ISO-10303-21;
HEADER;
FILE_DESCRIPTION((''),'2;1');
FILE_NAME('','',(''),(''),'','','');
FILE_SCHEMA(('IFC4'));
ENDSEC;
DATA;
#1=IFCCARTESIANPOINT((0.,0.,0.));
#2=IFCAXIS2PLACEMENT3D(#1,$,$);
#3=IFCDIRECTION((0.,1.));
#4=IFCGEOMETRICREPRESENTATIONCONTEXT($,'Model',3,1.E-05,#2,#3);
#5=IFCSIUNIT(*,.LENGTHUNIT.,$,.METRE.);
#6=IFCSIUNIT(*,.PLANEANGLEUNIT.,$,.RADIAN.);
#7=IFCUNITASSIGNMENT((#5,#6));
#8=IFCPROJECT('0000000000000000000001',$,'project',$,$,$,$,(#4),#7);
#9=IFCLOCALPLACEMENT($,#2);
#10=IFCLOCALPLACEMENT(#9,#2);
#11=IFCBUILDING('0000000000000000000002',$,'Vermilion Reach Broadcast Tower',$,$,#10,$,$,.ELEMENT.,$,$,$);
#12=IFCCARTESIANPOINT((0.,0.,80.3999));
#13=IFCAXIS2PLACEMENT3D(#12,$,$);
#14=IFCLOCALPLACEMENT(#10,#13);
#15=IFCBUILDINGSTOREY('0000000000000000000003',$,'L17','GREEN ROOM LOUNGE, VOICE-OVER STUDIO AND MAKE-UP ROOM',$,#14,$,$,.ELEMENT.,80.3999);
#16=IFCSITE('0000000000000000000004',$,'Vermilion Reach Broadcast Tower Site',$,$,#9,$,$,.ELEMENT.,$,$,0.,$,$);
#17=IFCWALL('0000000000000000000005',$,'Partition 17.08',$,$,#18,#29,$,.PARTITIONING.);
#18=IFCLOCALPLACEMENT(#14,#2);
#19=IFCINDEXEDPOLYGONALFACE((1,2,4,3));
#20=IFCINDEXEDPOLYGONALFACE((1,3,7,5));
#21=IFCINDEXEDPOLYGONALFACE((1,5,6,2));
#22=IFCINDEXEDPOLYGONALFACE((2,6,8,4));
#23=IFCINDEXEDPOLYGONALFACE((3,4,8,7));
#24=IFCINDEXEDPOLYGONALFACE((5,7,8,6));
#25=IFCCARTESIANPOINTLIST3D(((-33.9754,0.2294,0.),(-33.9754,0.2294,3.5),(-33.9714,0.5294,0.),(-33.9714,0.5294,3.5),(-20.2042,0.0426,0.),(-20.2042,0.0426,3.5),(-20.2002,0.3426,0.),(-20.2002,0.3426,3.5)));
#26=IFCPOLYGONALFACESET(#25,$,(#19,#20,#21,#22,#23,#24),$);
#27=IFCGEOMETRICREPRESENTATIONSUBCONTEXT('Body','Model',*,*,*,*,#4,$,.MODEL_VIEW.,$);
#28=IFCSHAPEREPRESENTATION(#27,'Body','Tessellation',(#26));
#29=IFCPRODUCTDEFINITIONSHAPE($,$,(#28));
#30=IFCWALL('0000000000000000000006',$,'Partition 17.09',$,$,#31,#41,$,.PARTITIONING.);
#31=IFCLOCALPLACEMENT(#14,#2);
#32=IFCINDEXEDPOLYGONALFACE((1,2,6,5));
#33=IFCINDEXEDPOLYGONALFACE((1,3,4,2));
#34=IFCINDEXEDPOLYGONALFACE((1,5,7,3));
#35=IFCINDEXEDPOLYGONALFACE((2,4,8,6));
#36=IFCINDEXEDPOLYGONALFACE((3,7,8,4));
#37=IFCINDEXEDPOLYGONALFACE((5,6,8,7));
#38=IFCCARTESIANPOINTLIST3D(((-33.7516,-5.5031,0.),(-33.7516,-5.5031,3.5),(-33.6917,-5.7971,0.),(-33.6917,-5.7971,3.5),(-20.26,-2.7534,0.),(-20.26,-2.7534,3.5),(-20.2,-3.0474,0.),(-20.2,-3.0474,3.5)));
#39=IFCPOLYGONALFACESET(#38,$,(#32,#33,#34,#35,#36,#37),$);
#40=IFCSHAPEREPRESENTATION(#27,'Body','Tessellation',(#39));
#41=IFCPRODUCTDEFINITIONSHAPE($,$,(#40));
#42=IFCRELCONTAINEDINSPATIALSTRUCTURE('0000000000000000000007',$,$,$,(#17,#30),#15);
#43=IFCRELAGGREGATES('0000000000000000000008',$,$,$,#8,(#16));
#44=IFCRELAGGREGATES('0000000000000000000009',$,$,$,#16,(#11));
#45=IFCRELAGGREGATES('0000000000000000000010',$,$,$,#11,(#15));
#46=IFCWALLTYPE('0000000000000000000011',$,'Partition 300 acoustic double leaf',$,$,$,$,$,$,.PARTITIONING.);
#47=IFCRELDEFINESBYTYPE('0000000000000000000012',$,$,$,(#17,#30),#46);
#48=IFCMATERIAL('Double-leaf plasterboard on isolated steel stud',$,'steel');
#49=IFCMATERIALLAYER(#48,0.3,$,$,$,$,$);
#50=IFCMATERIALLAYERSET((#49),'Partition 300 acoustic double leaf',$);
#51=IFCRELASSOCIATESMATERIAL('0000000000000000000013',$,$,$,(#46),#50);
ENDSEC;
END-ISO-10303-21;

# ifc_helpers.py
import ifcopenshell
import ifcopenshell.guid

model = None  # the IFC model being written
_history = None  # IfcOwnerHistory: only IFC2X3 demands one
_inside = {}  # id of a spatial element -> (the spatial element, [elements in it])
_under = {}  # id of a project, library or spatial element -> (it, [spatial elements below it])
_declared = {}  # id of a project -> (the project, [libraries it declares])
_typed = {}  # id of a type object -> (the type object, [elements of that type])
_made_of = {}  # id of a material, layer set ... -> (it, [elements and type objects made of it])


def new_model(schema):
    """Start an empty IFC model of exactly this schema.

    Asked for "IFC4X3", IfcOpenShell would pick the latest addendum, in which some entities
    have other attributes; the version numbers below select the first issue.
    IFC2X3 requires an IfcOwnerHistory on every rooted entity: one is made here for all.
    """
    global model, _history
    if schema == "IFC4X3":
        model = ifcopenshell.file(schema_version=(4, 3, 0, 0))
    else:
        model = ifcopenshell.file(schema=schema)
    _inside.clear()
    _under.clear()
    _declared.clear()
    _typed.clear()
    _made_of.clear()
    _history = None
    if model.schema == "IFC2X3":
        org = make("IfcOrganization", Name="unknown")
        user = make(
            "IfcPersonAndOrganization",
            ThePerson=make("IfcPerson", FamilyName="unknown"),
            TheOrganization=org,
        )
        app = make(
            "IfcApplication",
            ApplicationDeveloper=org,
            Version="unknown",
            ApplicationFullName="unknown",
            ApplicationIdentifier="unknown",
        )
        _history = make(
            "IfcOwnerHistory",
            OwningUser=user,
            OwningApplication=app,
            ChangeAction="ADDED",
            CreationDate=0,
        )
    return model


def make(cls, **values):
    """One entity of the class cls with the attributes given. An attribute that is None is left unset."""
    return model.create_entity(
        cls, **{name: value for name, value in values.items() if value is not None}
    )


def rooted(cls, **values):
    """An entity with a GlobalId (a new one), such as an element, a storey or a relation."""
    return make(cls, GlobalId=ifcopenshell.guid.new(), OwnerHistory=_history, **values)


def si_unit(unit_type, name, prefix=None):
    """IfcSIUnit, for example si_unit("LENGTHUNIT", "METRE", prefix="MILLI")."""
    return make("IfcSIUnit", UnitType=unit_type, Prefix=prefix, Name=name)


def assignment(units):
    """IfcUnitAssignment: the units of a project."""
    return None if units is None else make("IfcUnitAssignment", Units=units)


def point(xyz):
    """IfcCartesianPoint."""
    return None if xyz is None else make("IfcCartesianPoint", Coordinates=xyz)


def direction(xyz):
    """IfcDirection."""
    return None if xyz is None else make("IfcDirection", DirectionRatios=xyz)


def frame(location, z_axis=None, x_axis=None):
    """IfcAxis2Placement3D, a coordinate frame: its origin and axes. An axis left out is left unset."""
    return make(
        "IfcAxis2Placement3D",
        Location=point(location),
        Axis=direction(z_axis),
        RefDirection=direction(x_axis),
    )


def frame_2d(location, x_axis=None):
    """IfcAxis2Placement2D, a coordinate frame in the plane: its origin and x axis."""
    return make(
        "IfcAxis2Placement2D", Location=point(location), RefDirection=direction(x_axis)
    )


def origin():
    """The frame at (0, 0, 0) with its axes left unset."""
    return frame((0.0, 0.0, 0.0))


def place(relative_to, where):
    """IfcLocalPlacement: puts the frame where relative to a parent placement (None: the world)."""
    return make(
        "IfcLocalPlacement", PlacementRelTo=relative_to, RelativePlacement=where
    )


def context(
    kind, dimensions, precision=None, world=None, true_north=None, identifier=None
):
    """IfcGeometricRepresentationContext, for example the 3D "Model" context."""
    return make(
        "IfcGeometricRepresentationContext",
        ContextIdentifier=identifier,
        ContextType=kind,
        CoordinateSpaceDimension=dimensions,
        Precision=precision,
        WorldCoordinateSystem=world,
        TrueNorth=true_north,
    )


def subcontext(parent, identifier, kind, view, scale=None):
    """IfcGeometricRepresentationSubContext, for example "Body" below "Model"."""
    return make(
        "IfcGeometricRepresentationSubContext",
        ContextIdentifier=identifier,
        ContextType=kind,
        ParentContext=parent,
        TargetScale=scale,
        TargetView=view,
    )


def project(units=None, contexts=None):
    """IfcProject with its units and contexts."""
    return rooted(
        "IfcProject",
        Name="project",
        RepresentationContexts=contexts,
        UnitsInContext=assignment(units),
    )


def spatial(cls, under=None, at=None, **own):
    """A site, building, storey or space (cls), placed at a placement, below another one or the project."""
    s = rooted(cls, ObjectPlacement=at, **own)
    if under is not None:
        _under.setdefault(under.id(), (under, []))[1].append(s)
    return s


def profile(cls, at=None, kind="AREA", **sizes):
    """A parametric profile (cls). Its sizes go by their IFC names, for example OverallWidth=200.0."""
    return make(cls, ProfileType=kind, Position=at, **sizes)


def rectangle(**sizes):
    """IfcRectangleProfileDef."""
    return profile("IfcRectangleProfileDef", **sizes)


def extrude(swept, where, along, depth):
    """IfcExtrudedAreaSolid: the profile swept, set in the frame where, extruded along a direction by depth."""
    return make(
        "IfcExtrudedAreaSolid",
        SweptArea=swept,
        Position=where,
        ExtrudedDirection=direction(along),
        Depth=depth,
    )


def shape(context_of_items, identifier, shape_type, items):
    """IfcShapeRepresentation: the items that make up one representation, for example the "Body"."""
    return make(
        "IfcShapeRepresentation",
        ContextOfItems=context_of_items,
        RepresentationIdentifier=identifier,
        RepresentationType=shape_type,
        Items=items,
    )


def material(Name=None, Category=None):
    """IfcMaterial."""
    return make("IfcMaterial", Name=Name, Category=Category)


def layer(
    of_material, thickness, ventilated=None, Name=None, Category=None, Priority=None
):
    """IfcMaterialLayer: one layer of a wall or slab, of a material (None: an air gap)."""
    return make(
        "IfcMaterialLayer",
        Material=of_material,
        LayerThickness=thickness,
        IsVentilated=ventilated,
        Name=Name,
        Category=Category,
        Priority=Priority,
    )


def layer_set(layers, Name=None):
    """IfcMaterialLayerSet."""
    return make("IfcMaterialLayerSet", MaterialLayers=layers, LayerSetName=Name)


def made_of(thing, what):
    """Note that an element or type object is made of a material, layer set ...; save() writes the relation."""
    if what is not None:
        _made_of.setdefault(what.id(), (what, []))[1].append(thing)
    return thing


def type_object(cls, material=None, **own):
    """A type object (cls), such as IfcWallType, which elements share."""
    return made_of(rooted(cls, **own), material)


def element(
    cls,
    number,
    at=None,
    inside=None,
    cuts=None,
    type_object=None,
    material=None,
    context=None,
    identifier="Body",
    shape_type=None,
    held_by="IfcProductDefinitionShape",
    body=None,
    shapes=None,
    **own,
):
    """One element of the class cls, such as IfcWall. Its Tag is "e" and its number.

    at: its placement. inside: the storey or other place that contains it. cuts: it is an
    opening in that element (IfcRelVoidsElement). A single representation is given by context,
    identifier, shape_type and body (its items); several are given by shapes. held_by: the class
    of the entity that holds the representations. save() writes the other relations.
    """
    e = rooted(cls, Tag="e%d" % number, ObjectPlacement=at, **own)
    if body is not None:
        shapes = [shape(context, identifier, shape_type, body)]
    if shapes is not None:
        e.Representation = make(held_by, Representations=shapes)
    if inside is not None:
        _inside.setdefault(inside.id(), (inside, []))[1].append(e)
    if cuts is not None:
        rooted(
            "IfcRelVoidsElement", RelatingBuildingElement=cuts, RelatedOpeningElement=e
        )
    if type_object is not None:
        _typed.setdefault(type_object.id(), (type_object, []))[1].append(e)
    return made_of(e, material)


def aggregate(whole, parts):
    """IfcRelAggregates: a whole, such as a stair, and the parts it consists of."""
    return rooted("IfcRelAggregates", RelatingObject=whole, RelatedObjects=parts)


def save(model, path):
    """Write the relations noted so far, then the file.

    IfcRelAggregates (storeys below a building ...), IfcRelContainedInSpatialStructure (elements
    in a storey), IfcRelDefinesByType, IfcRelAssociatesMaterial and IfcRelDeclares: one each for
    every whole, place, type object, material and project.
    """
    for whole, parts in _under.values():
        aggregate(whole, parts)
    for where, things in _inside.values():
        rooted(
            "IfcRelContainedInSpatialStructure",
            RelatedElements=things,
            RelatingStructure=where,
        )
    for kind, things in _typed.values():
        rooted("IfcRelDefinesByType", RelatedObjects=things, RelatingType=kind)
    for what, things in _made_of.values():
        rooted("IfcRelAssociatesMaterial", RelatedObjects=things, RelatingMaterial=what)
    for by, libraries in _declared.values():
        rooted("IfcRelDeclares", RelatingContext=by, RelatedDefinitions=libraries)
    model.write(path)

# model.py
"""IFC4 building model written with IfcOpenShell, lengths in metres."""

from ifc_helpers import new_model, si_unit, direction, frame, frame_2d, origin, place, context, subcontext, project, spatial, rectangle, extrude, material, layer, layer_set, type_object, element, save


model = new_model("IFC4")

# Units and contexts
model_context = context("Model", 3, precision=1e-05, world=origin(), true_north=direction((0.0, 1.0)))
body_context = subcontext(model_context, "Body", "Model", "MODEL_VIEW")
ifc_project = project(units=[si_unit("LENGTHUNIT", "METRE"), si_unit("PLANEANGLEUNIT", "RADIAN")], contexts=[model_context])

# Site, building, storey
site_placement = place(None, origin())
site = spatial("IfcSite", under=ifc_project, at=site_placement, Name="Vermilion Reach Broadcast Tower Site", CompositionType="ELEMENT", RefElevation=0.0)
building_placement = place(site_placement, origin())
building = spatial("IfcBuilding", under=site, at=building_placement, Name="Vermilion Reach Broadcast Tower", CompositionType="ELEMENT")
storey_placement = place(building_placement, frame((0.0, 0.0, 80.3999)))
storey = spatial("IfcBuildingStorey", under=building, at=storey_placement, Name="L17", Description="GREEN ROOM LOUNGE, VOICE-OVER STUDIO AND MAKE-UP ROOM", CompositionType="ELEMENT", Elevation=80.3999)

# Walls
ifc_material_1 = material(Name="Double-leaf plasterboard on isolated steel stud", Category="steel")
ifc_layer_1 = layer(ifc_material_1, 0.3)
ifc_layer_set_1 = layer_set([ifc_layer_1], Name="Partition 300 acoustic double leaf")
wall_type = type_object("IfcWallType", Name="Partition 300 acoustic double leaf", PredefinedType="PARTITIONING", material=ifc_layer_set_1)
wall_1_placement = place(storey_placement, frame((-33.9734, 0.3794, 0.0), z_axis=(0.0, 0.0, 1.0), x_axis=(0.999908, -0.013561, 0.0)))
element("IfcWall", 1, at=wall_1_placement, inside=storey, type_object=wall_type, Name="Partition 17.08", PredefinedType="PARTITIONING", context=body_context, shape_type="SweptSolid", body=[
    extrude(rectangle(XDim=13.7725, YDim=0.3, at=frame_2d((6.8862, 0.0))), origin(), (0.0, 0.0, 1.0), 3.5),
])
wall_2_placement = place(storey_placement, frame((-33.7217, -5.6501, 0.0), z_axis=(0.0, 0.0, 1.0), x_axis=(0.979856, 0.199705, 0.0)))
element("IfcWall", 2, at=wall_2_placement, inside=storey, type_object=wall_type, Name="Partition 17.09", PredefinedType="PARTITIONING", context=body_context, shape_type="SweptSolid", body=[
    extrude(rectangle(XDim=13.769, YDim=0.3, at=frame_2d((6.8845, 0.0))), origin(), (0.0, 0.0, 1.0), 3.5),
])

save(model, "model.ifc")
